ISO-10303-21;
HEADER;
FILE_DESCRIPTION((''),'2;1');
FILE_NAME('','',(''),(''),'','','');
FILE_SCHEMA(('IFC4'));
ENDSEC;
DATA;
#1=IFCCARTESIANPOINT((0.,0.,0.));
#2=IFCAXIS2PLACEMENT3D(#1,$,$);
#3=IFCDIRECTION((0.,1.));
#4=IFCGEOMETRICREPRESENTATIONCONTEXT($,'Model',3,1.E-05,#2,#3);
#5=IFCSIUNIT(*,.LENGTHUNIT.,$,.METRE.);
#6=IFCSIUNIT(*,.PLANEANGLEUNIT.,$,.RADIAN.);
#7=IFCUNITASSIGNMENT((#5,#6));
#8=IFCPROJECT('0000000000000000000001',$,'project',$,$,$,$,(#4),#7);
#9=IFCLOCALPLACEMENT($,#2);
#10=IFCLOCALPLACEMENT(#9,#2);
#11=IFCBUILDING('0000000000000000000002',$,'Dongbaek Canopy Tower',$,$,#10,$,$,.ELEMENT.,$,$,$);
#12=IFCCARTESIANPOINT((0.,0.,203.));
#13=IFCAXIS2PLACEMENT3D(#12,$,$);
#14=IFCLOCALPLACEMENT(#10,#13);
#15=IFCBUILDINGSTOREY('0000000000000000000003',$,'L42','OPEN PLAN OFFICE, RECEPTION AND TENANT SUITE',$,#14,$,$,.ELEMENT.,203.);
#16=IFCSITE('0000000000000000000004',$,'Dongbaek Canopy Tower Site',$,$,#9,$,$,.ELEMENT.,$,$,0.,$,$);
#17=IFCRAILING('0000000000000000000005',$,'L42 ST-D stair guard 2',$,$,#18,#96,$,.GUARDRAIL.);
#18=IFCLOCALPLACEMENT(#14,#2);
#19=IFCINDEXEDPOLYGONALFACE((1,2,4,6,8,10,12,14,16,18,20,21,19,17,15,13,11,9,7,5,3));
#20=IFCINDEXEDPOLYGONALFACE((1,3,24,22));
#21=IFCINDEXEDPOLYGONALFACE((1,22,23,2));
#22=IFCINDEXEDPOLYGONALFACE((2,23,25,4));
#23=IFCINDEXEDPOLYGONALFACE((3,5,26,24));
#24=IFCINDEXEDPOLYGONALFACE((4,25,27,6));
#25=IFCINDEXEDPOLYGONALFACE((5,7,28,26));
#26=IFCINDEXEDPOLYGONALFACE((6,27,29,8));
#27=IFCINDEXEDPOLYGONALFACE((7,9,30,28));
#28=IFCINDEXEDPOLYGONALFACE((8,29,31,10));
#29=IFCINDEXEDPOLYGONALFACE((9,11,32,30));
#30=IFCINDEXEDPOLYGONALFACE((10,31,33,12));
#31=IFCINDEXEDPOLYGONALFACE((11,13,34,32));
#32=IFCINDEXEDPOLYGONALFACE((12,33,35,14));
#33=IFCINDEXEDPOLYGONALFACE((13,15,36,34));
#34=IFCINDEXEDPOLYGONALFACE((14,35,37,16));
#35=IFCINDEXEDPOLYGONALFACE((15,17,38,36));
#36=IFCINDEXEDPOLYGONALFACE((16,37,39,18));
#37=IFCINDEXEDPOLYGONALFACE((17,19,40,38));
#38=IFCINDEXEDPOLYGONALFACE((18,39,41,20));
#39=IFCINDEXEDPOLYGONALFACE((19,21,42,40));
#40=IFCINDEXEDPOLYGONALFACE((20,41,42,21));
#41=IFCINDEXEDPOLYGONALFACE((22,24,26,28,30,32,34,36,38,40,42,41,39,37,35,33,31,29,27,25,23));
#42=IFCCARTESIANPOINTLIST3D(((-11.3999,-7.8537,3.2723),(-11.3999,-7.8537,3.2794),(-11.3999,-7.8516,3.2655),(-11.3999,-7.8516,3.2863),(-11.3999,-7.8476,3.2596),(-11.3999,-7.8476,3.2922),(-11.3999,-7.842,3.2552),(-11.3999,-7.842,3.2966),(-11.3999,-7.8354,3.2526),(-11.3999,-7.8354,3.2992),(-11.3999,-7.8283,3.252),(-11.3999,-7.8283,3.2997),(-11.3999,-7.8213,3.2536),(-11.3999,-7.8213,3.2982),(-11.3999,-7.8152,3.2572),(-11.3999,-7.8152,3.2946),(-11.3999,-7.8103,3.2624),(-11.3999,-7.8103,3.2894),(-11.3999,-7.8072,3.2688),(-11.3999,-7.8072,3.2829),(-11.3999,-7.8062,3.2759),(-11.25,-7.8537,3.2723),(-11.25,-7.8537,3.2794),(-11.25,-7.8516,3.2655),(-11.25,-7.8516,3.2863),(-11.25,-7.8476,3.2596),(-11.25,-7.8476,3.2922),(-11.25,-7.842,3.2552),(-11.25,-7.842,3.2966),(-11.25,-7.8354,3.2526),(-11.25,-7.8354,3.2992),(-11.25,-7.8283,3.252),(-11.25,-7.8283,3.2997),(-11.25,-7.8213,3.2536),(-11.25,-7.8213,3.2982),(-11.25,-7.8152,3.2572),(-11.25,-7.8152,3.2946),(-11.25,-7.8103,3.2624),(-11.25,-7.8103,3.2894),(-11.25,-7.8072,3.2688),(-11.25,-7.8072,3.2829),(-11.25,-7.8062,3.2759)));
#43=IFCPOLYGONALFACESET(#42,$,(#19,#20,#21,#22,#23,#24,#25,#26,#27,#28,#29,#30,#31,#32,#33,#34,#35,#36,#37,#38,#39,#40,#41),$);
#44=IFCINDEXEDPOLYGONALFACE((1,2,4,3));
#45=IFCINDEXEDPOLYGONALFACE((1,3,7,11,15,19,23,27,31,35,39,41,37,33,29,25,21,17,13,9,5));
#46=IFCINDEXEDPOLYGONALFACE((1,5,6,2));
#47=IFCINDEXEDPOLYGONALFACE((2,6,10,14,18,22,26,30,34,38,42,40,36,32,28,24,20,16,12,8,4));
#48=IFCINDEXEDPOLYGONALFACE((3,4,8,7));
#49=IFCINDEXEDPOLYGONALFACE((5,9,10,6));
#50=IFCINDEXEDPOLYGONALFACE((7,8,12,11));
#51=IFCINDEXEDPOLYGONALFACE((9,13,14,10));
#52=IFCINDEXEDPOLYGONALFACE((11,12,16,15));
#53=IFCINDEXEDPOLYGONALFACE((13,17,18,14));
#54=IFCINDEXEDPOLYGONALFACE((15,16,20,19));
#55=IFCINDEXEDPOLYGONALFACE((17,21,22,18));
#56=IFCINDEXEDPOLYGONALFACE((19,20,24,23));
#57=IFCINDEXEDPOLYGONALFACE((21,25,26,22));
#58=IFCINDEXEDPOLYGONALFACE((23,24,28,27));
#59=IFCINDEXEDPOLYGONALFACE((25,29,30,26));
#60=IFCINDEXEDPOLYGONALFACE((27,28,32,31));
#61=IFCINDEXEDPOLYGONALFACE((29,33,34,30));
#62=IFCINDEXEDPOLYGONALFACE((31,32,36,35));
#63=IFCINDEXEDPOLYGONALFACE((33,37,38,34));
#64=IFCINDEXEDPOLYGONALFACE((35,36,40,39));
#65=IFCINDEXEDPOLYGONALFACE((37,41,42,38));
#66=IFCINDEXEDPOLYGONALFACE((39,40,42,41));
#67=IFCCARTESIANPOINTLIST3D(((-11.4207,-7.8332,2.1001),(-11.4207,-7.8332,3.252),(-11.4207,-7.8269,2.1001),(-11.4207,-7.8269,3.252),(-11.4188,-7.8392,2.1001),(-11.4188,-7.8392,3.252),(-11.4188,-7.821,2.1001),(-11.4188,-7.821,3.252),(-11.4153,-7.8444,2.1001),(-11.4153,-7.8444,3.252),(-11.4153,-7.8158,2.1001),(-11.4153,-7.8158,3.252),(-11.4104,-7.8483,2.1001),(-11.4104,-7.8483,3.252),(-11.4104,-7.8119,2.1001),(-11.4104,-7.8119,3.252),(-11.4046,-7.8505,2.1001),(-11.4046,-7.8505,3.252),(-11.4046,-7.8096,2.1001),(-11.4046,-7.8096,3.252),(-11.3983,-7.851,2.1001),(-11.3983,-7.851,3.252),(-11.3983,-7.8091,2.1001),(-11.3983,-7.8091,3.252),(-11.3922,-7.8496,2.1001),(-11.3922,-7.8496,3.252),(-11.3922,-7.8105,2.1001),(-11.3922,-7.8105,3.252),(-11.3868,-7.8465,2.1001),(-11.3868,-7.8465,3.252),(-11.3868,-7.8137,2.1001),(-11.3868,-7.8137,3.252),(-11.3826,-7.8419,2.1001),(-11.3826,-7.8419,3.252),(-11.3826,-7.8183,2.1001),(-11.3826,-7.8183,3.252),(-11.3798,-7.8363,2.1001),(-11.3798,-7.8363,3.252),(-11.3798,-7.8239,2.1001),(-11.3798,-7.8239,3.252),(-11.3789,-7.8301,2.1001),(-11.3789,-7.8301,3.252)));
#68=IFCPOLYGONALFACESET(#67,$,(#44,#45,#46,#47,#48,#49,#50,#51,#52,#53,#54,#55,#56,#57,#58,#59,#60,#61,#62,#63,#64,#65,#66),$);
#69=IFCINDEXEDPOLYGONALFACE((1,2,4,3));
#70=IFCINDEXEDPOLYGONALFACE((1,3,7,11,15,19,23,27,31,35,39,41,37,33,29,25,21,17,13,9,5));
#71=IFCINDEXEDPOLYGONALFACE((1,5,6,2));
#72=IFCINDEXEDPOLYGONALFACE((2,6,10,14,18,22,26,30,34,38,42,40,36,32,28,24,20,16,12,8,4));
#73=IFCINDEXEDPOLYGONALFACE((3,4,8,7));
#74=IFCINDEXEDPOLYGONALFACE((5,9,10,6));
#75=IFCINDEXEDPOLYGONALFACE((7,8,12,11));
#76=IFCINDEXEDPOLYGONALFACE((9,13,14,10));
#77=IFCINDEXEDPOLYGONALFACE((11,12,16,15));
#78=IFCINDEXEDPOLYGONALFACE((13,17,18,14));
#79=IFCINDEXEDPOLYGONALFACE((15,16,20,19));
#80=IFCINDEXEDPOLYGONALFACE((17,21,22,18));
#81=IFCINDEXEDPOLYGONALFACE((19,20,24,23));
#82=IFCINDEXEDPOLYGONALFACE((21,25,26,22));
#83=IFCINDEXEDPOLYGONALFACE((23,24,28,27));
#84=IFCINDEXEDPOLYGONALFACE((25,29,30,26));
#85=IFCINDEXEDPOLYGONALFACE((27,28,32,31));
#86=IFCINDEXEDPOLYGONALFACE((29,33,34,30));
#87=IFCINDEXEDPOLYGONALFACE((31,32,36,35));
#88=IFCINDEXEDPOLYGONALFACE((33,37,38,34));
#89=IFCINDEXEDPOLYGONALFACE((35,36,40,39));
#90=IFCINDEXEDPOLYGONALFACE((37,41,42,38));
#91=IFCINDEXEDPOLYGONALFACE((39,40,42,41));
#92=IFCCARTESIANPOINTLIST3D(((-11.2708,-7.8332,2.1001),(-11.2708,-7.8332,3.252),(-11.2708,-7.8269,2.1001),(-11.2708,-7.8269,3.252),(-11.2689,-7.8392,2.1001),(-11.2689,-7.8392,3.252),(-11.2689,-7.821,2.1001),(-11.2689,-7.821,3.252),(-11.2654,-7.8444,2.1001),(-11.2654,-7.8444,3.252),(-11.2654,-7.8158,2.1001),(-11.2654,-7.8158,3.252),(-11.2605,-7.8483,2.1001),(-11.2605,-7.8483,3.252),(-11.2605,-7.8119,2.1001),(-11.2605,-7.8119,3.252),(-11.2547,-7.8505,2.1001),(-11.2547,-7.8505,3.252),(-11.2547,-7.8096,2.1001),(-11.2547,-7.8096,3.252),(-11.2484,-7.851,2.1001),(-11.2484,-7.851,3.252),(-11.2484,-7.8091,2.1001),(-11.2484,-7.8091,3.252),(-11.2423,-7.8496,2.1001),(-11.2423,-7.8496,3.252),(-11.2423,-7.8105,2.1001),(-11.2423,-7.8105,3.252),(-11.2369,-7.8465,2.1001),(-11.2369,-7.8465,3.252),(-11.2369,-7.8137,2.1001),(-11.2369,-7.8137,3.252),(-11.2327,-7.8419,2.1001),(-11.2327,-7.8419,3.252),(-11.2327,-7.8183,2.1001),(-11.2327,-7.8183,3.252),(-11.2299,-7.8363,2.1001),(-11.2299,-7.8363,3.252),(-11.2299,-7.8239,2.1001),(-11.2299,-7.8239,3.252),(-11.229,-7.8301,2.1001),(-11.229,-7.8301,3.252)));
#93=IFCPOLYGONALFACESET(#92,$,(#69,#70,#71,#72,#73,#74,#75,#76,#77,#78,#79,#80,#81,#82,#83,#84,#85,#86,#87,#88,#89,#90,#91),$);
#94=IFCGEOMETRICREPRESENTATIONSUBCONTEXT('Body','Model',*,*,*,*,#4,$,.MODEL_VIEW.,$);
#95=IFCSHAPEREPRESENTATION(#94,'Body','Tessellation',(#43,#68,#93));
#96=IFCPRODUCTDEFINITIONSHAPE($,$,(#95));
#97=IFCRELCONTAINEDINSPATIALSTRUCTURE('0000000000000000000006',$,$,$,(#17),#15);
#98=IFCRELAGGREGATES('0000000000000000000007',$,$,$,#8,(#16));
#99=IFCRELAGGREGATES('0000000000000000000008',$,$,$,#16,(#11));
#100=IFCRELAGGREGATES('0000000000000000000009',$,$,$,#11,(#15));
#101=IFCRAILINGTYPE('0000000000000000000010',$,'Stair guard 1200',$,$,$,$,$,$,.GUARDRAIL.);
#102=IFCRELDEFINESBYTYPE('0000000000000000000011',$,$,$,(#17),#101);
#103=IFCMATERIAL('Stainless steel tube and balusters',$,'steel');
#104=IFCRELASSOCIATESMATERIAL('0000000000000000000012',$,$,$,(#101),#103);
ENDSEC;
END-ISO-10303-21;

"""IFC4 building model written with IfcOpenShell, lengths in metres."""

from ifc_helpers import new_model, si_unit, direction, frame, origin, origin_2d, place, context, subcontext, project, spatial, circle, extrude, material, type_object, element, save


model = new_model("IFC4")

# Units and contexts
model_context = context("Model", 3, precision=1e-05, world=origin(), true_north=direction((0.0, 1.0)))
body_context = subcontext(model_context, "Body", "Model", "MODEL_VIEW")
ifc_project = project(units=[si_unit("LENGTHUNIT", "METRE"), si_unit("PLANEANGLEUNIT", "RADIAN")], contexts=[model_context])

# Site, building, storey
site_placement = place(None, origin())
site = spatial("IfcSite", under=ifc_project, at=site_placement, Name="Dongbaek Canopy Tower Site", CompositionType="ELEMENT", RefElevation=0.0)
building_placement = place(site_placement, origin())
building = spatial("IfcBuilding", under=site, at=building_placement, Name="Dongbaek Canopy Tower", CompositionType="ELEMENT")
storey_placement = place(building_placement, frame((0.0, 0.0, 203.0)))
storey = spatial("IfcBuildingStorey", under=building, at=storey_placement, Name="L42", Description="OPEN PLAN OFFICE, RECEPTION AND TENANT SUITE", CompositionType="ELEMENT", Elevation=203.0)

# Railing
ifc_material_1 = material(Name="Stainless steel tube and balusters", Category="steel")
railing_type_1 = type_object("IfcRailingType", Name="Stair guard 1200", PredefinedType="GUARDRAIL", material=ifc_material_1)
railing_1_placement = place(storey_placement, frame((-11.3999, -7.8301, 2.1001)))
element("IfcRailing", 1, at=railing_1_placement, inside=storey, type_object=railing_type_1, Name="L42 ST-D stair guard 2", PredefinedType="GUARDRAIL", context=body_context, shape_type="SweptSolid", body=[
    extrude(circle(Radius=0.0239, at=origin_2d()), frame((0.0, 0.0, 1.1758), z_axis=(1.0, 0.0, 0.0), x_axis=(0.0, 1.0, 0.0)), (0.0, 0.0, 1.0), 0.1499),
    extrude(circle(Radius=0.021, at=origin_2d()), origin(), (0.0, 0.0, 1.0), 1.1519),
    extrude(circle(Radius=0.021, at=origin_2d()), frame((0.1499, 0.0, 0.0)), (0.0, 0.0, 1.0), 1.1519),
])

save(model, "model.ifc")
